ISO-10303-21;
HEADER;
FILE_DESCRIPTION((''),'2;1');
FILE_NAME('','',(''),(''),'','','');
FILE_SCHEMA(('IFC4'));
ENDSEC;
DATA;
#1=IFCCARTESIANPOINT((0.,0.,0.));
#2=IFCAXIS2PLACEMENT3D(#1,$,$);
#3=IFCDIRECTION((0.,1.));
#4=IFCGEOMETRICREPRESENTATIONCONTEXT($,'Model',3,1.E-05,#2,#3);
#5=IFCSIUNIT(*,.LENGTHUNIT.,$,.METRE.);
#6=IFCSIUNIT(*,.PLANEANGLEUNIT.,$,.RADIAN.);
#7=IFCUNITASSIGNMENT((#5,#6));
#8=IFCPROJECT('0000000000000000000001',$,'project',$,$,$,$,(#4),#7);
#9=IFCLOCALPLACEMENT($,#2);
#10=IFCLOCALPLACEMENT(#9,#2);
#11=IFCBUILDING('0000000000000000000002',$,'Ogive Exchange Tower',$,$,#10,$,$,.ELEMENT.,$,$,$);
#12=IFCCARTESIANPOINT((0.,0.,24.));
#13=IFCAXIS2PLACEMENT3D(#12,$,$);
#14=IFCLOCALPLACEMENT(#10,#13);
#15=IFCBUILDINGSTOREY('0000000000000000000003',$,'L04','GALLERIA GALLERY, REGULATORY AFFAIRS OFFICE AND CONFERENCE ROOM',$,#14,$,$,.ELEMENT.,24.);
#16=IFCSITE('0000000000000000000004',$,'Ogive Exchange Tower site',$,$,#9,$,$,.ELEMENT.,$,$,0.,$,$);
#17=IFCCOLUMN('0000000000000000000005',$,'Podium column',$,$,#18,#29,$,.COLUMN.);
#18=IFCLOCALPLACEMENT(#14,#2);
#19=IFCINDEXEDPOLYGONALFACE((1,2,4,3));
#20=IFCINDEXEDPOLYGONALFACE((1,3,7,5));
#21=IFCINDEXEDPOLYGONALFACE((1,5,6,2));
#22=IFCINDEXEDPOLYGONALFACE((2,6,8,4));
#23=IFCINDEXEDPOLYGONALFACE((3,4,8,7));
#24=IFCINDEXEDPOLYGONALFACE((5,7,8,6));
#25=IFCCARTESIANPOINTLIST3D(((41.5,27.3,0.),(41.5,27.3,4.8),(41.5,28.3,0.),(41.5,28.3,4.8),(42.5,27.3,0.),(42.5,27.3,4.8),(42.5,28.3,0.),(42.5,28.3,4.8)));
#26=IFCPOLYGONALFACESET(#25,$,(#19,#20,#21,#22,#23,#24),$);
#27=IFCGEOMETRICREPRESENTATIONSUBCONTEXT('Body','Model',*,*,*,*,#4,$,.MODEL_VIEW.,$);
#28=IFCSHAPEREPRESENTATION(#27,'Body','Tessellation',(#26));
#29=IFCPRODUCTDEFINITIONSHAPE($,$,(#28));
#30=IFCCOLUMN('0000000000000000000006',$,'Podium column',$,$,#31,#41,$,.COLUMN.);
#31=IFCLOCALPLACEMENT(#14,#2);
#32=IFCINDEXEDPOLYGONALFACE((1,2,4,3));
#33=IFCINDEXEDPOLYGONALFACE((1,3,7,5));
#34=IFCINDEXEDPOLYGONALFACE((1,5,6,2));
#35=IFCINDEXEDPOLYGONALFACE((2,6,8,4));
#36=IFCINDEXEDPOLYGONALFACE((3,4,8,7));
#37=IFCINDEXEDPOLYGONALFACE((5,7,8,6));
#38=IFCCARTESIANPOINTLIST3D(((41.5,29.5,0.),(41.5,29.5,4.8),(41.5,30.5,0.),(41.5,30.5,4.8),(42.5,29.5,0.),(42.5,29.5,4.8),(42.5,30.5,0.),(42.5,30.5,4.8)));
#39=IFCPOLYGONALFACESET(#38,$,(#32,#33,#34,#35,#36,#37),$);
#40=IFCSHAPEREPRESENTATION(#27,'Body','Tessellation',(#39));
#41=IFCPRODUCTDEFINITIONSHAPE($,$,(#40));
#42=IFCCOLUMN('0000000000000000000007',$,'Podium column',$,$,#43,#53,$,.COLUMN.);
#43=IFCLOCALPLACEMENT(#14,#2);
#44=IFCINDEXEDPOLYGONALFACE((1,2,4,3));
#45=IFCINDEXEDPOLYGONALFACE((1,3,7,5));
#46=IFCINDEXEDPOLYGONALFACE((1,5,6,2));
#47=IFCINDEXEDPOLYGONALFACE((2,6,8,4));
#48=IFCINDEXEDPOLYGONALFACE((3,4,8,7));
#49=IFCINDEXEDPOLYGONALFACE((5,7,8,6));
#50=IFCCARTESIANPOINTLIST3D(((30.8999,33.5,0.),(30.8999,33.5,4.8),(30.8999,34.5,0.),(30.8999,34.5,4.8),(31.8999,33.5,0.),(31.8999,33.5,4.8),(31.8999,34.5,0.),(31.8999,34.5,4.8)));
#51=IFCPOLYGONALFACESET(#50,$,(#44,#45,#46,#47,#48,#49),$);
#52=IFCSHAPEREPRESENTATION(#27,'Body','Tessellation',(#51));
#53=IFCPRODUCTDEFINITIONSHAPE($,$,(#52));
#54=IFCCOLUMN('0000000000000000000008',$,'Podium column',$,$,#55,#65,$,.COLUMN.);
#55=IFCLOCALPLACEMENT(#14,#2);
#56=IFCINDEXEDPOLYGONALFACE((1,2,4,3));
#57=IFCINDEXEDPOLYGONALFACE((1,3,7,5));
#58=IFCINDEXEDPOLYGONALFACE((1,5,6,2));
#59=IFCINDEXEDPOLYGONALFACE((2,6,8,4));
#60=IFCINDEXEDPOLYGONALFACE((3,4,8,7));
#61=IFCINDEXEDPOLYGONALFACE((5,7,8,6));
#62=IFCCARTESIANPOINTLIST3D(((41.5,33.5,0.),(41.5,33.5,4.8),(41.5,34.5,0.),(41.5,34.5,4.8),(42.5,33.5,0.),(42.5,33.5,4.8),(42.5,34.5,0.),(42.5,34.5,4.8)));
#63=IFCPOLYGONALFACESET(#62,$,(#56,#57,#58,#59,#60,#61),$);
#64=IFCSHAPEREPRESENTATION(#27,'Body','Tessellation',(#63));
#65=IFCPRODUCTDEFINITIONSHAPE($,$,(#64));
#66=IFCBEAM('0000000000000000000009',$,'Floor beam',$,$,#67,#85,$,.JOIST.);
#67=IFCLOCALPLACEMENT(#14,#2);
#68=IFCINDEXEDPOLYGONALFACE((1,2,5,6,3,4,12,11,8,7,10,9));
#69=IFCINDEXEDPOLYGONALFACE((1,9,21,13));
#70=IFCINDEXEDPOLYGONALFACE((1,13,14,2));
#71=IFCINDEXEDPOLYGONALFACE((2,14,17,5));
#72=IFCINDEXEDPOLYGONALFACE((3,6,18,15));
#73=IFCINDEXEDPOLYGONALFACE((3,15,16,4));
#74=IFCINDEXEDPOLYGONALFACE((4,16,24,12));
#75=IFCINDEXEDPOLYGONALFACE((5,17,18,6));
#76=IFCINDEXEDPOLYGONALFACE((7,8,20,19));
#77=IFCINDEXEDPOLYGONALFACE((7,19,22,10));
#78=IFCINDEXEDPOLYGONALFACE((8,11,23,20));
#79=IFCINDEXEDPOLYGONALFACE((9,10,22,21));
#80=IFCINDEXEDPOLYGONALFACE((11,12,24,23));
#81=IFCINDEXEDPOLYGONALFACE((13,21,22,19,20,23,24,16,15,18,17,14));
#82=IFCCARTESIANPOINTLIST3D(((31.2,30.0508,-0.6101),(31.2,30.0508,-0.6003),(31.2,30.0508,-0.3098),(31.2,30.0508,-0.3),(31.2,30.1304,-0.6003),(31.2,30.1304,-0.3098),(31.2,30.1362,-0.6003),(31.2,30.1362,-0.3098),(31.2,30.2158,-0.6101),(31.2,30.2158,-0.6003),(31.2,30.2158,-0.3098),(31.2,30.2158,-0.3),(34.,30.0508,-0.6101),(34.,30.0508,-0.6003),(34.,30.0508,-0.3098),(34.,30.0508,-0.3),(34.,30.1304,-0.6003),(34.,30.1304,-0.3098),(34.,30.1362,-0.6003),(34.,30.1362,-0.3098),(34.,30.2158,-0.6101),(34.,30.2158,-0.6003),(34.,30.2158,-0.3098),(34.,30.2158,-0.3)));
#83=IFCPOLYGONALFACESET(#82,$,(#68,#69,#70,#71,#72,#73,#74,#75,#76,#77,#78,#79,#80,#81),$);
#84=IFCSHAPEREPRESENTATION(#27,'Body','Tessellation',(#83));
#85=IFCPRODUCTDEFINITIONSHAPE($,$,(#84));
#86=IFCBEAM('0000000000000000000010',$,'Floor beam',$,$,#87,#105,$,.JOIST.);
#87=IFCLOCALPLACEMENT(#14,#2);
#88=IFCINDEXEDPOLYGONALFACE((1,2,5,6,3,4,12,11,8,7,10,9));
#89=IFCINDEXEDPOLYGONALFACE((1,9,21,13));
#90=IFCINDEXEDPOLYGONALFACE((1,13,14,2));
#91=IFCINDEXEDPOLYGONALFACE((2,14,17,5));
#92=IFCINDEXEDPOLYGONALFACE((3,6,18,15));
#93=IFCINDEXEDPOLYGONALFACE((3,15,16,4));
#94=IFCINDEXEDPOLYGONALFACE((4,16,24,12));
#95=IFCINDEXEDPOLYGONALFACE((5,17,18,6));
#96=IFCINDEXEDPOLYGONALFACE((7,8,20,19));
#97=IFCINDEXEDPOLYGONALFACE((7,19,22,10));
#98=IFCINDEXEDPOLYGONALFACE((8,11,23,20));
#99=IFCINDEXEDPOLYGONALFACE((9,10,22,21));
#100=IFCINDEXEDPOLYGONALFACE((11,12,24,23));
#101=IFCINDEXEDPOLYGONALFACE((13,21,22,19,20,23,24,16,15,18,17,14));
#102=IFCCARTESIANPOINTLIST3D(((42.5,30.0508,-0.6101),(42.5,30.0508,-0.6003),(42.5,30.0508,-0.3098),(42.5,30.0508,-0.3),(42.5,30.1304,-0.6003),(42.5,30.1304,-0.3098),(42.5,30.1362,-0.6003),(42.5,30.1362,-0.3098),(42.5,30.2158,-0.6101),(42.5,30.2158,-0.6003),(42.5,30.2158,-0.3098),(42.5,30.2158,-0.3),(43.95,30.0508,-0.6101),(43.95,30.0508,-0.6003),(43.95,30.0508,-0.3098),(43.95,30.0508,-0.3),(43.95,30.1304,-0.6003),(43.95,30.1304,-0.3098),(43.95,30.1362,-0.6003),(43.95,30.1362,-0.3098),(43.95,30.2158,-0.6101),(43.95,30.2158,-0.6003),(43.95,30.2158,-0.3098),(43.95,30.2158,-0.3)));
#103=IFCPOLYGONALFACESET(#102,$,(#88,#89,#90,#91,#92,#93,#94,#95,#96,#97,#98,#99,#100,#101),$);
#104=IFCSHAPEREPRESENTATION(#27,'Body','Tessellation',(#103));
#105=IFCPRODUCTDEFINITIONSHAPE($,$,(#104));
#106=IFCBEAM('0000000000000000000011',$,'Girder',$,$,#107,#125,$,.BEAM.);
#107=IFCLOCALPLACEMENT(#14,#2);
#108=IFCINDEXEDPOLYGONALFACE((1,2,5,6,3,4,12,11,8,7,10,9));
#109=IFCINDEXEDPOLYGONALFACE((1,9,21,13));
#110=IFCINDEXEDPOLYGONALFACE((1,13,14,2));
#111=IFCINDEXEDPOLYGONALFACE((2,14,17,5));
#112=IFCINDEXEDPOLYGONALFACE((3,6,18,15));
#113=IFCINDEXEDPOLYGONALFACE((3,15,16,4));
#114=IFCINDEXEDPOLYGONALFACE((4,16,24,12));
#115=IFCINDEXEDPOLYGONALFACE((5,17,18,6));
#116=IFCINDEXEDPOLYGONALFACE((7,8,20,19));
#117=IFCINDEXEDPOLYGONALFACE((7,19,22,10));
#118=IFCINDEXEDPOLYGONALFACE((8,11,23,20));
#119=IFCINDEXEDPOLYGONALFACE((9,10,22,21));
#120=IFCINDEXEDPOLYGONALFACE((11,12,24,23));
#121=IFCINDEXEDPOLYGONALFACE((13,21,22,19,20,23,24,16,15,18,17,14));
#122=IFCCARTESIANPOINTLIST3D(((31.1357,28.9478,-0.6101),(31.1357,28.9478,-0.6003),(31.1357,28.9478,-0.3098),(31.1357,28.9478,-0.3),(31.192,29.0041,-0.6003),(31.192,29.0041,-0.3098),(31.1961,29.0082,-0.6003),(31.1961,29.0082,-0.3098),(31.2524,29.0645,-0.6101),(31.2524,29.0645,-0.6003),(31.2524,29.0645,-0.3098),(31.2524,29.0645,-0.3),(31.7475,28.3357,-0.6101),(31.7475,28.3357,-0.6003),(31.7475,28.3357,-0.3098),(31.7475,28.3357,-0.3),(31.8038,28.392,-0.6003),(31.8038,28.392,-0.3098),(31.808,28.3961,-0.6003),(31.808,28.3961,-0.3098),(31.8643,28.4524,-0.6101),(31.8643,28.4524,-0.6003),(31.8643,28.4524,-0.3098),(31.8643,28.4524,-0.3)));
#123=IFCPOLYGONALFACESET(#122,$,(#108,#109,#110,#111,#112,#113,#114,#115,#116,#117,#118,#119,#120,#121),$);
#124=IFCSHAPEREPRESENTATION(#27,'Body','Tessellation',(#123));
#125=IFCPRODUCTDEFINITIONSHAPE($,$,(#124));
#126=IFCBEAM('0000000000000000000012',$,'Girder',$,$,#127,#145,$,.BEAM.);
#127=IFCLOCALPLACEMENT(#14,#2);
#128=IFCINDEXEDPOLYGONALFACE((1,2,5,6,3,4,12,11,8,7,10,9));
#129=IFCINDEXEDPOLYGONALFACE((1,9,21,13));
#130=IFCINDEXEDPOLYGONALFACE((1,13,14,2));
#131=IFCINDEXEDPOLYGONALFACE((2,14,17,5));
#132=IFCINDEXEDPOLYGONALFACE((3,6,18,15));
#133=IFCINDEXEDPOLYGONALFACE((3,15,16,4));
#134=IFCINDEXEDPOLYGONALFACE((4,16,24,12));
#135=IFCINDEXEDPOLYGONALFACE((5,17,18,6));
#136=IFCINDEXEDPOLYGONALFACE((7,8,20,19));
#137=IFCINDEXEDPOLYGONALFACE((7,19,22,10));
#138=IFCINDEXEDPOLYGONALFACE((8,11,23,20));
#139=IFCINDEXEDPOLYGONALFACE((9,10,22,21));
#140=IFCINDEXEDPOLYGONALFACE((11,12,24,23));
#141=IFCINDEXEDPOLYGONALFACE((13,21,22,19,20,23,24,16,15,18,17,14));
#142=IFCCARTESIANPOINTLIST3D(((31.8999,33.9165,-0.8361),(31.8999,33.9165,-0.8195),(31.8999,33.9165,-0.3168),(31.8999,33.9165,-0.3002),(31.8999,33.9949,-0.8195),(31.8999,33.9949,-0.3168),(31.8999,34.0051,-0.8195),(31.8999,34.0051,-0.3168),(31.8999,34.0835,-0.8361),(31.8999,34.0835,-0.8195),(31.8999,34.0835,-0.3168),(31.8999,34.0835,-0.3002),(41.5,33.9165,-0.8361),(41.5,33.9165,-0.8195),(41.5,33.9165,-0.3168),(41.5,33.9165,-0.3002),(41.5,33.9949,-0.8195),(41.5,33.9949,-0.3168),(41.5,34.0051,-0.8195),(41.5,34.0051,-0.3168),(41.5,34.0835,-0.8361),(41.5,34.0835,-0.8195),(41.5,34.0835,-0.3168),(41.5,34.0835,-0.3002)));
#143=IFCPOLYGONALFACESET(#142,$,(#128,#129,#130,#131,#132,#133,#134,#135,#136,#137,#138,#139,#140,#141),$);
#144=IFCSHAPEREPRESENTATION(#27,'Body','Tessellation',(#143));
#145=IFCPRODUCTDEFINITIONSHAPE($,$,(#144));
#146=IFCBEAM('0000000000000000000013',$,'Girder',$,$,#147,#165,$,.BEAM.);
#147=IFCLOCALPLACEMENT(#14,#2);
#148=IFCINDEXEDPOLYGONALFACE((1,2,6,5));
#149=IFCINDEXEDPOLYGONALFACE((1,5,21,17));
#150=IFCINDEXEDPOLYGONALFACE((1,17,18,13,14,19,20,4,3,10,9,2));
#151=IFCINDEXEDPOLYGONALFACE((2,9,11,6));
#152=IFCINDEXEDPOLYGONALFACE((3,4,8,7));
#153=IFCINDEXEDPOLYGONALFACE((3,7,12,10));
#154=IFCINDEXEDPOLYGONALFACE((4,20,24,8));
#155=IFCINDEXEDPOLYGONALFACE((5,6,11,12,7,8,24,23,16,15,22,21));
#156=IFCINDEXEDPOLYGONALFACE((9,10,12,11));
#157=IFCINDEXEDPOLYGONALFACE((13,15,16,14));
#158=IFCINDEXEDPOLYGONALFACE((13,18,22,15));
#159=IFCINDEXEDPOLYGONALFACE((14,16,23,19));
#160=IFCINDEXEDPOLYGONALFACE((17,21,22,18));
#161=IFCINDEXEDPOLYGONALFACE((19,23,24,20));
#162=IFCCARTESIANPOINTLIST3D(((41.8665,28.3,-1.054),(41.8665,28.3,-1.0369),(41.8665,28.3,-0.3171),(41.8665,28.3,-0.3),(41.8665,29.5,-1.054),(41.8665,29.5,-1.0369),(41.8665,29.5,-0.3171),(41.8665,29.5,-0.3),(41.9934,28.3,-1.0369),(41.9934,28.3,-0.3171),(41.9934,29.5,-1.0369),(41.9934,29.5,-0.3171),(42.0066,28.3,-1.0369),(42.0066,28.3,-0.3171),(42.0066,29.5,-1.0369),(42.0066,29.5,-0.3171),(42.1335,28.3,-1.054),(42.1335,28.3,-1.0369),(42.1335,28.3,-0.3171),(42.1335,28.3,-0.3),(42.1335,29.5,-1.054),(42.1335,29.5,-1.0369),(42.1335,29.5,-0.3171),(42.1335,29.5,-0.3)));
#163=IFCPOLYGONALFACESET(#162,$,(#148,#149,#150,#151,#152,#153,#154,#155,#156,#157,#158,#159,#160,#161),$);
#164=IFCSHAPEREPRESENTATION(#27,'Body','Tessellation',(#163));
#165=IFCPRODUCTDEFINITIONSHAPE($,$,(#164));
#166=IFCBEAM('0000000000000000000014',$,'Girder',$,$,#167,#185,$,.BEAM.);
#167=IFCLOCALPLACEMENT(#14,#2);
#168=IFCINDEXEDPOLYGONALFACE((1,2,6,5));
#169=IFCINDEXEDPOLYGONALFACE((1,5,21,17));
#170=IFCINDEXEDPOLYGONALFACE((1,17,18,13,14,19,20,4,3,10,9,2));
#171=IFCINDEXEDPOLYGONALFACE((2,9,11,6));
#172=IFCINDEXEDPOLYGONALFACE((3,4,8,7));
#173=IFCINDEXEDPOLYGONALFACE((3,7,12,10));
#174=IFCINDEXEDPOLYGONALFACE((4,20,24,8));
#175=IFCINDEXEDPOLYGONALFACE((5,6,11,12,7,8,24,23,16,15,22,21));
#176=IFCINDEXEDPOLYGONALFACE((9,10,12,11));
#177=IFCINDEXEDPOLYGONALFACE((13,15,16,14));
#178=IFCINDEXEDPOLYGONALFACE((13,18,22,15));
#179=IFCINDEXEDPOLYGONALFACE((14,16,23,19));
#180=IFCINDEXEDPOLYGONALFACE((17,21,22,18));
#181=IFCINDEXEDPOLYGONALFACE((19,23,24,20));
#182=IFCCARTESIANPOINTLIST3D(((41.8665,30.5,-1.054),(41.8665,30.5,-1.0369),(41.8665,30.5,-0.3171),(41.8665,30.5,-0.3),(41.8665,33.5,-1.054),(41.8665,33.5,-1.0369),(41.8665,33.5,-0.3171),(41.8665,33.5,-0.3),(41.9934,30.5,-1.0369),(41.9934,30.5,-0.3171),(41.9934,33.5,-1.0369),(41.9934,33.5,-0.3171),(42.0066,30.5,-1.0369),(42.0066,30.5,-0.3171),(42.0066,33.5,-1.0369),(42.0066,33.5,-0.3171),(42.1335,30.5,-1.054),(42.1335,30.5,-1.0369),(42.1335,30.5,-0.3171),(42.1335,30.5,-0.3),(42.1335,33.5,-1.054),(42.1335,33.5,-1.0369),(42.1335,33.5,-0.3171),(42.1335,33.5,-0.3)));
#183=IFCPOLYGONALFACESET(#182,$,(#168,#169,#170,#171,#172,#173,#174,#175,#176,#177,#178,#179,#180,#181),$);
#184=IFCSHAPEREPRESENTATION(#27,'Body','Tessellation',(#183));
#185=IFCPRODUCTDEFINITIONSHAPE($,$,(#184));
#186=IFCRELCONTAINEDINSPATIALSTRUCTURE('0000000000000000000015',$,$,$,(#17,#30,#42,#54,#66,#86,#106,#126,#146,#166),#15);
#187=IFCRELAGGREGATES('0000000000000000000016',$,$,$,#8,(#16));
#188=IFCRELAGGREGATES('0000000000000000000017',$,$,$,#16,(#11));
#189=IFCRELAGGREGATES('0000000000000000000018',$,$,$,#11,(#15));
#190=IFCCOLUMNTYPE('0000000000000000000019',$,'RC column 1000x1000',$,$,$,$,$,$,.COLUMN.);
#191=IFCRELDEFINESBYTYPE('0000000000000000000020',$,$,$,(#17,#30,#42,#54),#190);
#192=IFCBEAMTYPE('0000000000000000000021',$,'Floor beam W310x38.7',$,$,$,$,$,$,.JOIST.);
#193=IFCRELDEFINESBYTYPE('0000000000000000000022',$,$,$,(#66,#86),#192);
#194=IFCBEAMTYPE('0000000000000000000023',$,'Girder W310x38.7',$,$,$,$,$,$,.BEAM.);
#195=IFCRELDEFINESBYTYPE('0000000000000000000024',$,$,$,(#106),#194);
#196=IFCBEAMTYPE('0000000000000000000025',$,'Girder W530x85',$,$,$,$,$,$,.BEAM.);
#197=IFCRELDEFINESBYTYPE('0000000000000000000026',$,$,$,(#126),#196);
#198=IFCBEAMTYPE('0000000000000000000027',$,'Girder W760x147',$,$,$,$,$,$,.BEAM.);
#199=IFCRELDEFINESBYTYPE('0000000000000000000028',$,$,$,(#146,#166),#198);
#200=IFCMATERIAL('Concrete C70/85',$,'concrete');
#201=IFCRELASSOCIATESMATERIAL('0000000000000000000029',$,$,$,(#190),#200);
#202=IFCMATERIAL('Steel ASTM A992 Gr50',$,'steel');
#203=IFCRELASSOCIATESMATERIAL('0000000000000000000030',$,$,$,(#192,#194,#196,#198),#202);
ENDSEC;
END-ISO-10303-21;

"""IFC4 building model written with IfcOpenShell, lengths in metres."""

from ifc_helpers import new_model, si_unit, direction, frame, origin, origin_2d, place, context, subcontext, project, spatial, rectangle, i_section, extrude, material, material_profile, profile_set, type_object, element, save


model = new_model("IFC4")

# Units and contexts
model_context = context("Model", 3, precision=1e-05, world=origin(), true_north=direction((0.0, 1.0)))
body_context = subcontext(model_context, "Body", "Model", "MODEL_VIEW")
ifc_project = project(units=[si_unit("LENGTHUNIT", "METRE"), si_unit("PLANEANGLEUNIT", "RADIAN")], contexts=[model_context])

# Site, building, storey
site_placement = place(None, origin())
site = spatial("IfcSite", under=ifc_project, at=site_placement, Name="Ogive Exchange Tower site", CompositionType="ELEMENT", RefElevation=0.0)
building_placement = place(site_placement, origin())
building = spatial("IfcBuilding", under=site, at=building_placement, Name="Ogive Exchange Tower", CompositionType="ELEMENT")
storey_placement = place(building_placement, frame((0.0, 0.0, 24.0)))
storey = spatial("IfcBuildingStorey", under=building, at=storey_placement, Name="L04", Description="GALLERIA GALLERY, REGULATORY AFFAIRS OFFICE AND CONFERENCE ROOM", CompositionType="ELEMENT", Elevation=24.0)

# Columns
ifc_material_1 = material(Name="Concrete C70/85", Category="concrete")
ifc_material_profile_1 = material_profile(ifc_material_1, rectangle(XDim=1.0, YDim=1.0, at=origin_2d()), Name="RC 1000x1000")
ifc_profile_set_1 = profile_set([ifc_material_profile_1], Name="Concrete C70/85")
column_type = type_object("IfcColumnType", Name="RC column 1000x1000", PredefinedType="COLUMN", material=ifc_profile_set_1)
for number, where, z_axis, x_axis, name in (
    (1, (42.0, 27.8, 0.0), (0.0, 0.0, 1.0), (1.0, 0.0, 0.0), "Podium column"),
    (2, (42.0, 30.0, 0.0), (0.0, 0.0, 1.0), (1.0, 0.0, 0.0), "Podium column"),
    (3, (31.3999, 34.0, 0.0), (0.0, 0.0, 1.0), (1.0, 0.0, 0.0), "Podium column"),
    (4, (42.0, 34.0, 0.0), (0.0, 0.0, 1.0), (1.0, 0.0, 0.0), "Podium column"),
):
    element("IfcColumn", number, at=place(storey_placement, frame(where, z_axis=z_axis, x_axis=x_axis)), inside=storey, type_object=column_type, Name=name, PredefinedType="COLUMN", context=body_context, shape_type="SweptSolid", body=[
        extrude(rectangle(XDim=1.0, YDim=1.0, at=origin_2d()), origin(), (0.0, 0.0, 1.0), 4.8),
    ])

# Beams
ifc_material_2 = material(Name="Steel ASTM A992 Gr50", Category="steel")
ifc_material_profile_2 = material_profile(ifc_material_2, i_section(OverallWidth=0.165, OverallDepth=0.3101, WebThickness=0.0059, FlangeThickness=0.0098, at=origin_2d()), Name="W310x38.7")
ifc_profile_set_2 = profile_set([ifc_material_profile_2], Name="Steel ASTM A992 Gr50")
beam_type_1 = type_object("IfcBeamType", Name="Floor beam W310x38.7", PredefinedType="JOIST", material=ifc_profile_set_2)
beam_1_placement = place(storey_placement, frame((31.2, 30.1333, -0.4551), z_axis=(1.0, 0.0, 0.0), x_axis=(0.0, 1.0, 0.0)))
element("IfcBeam", 5, at=beam_1_placement, inside=storey, type_object=beam_type_1, Name="Floor beam", PredefinedType="JOIST", context=body_context, shape_type="SweptSolid", body=[
    extrude(i_section(OverallWidth=0.165, OverallDepth=0.3101, WebThickness=0.0059, FlangeThickness=0.0098, at=origin_2d()), origin(), (0.0, 0.0, 1.0), 2.8),
])
beam_2_placement = place(storey_placement, frame((42.5, 30.1333, -0.4551), z_axis=(1.0, 0.0, 0.0), x_axis=(0.0, 1.0, 0.0)))
element("IfcBeam", 6, at=beam_2_placement, inside=storey, type_object=beam_type_1, Name="Floor beam", PredefinedType="JOIST", context=body_context, shape_type="SweptSolid", body=[
    extrude(i_section(OverallWidth=0.165, OverallDepth=0.3101, WebThickness=0.0059, FlangeThickness=0.0098, at=origin_2d()), origin(), (0.0, 0.0, 1.0), 1.45),
])
ifc_material_profile_3 = material_profile(ifc_material_2, i_section(OverallWidth=0.165, OverallDepth=0.3101, WebThickness=0.0059, FlangeThickness=0.0098, at=origin_2d()), Name="W310x38.7")
ifc_profile_set_3 = profile_set([ifc_material_profile_3], Name="Steel ASTM A992 Gr50")
beam_type_2 = type_object("IfcBeamType", Name="Girder W310x38.7", PredefinedType="BEAM", material=ifc_profile_set_3)
beam_3_placement = place(storey_placement, frame((31.8059, 28.394, -0.4551), z_axis=(-0.706966, 0.707248, 0.0), x_axis=(-0.707248, -0.706966, 0.0)))
element("IfcBeam", 7, at=beam_3_placement, inside=storey, type_object=beam_type_2, Name="Girder", PredefinedType="BEAM", context=body_context, shape_type="SweptSolid", body=[
    extrude(i_section(OverallWidth=0.165, OverallDepth=0.3101, WebThickness=0.0059, FlangeThickness=0.0098, at=origin_2d()), origin(), (0.0, 0.0, 1.0), 0.8655),
])
ifc_material_profile_4 = material_profile(ifc_material_2, i_section(OverallWidth=0.167, OverallDepth=0.5359, WebThickness=0.0103, FlangeThickness=0.0166, at=origin_2d()), Name="W530x85")
ifc_profile_set_4 = profile_set([ifc_material_profile_4], Name="Steel ASTM A992 Gr50")
beam_type_3 = type_object("IfcBeamType", Name="Girder W530x85", PredefinedType="BEAM", material=ifc_profile_set_4)
beam_4_placement = place(storey_placement, frame((31.8999, 34.0, -0.5681), z_axis=(1.0, 0.0, 0.0), x_axis=(0.0, 1.0, 0.0)))
element("IfcBeam", 8, at=beam_4_placement, inside=storey, type_object=beam_type_3, Name="Girder", PredefinedType="BEAM", context=body_context, shape_type="SweptSolid", body=[
    extrude(i_section(OverallWidth=0.167, OverallDepth=0.5359, WebThickness=0.0103, FlangeThickness=0.0166, at=origin_2d()), origin(), (0.0, 0.0, 1.0), 9.6001),
])
ifc_material_profile_5 = material_profile(ifc_material_2, i_section(OverallWidth=0.2671, OverallDepth=0.7539, WebThickness=0.0132, FlangeThickness=0.0171, at=origin_2d()), Name="W760x147")
ifc_profile_set_5 = profile_set([ifc_material_profile_5], Name="Steel ASTM A992 Gr50")
beam_type_4 = type_object("IfcBeamType", Name="Girder W760x147", PredefinedType="BEAM", material=ifc_profile_set_5)
beam_5_placement = place(storey_placement, frame((42.0, 28.3, -0.677), z_axis=(0.0, 1.0, 0.0), x_axis=(-1.0, 0.0, 0.0)))
element("IfcBeam", 9, at=beam_5_placement, inside=storey, type_object=beam_type_4, Name="Girder", PredefinedType="BEAM", context=body_context, shape_type="SweptSolid", body=[
    extrude(i_section(OverallWidth=0.2671, OverallDepth=0.7539, WebThickness=0.0132, FlangeThickness=0.0171, at=origin_2d()), origin(), (0.0, 0.0, 1.0), 1.2),
])
beam_6_placement = place(storey_placement, frame((42.0, 30.5, -0.677), z_axis=(0.0, 1.0, 0.0), x_axis=(-1.0, 0.0, 0.0)))
element("IfcBeam", 10, at=beam_6_placement, inside=storey, type_object=beam_type_4, Name="Girder", PredefinedType="BEAM", context=body_context, shape_type="SweptSolid", body=[
    extrude(i_section(OverallWidth=0.2671, OverallDepth=0.7539, WebThickness=0.0132, FlangeThickness=0.0171, at=origin_2d()), origin(), (0.0, 0.0, 1.0), 3.0),
])

save(model, "model.ifc")
